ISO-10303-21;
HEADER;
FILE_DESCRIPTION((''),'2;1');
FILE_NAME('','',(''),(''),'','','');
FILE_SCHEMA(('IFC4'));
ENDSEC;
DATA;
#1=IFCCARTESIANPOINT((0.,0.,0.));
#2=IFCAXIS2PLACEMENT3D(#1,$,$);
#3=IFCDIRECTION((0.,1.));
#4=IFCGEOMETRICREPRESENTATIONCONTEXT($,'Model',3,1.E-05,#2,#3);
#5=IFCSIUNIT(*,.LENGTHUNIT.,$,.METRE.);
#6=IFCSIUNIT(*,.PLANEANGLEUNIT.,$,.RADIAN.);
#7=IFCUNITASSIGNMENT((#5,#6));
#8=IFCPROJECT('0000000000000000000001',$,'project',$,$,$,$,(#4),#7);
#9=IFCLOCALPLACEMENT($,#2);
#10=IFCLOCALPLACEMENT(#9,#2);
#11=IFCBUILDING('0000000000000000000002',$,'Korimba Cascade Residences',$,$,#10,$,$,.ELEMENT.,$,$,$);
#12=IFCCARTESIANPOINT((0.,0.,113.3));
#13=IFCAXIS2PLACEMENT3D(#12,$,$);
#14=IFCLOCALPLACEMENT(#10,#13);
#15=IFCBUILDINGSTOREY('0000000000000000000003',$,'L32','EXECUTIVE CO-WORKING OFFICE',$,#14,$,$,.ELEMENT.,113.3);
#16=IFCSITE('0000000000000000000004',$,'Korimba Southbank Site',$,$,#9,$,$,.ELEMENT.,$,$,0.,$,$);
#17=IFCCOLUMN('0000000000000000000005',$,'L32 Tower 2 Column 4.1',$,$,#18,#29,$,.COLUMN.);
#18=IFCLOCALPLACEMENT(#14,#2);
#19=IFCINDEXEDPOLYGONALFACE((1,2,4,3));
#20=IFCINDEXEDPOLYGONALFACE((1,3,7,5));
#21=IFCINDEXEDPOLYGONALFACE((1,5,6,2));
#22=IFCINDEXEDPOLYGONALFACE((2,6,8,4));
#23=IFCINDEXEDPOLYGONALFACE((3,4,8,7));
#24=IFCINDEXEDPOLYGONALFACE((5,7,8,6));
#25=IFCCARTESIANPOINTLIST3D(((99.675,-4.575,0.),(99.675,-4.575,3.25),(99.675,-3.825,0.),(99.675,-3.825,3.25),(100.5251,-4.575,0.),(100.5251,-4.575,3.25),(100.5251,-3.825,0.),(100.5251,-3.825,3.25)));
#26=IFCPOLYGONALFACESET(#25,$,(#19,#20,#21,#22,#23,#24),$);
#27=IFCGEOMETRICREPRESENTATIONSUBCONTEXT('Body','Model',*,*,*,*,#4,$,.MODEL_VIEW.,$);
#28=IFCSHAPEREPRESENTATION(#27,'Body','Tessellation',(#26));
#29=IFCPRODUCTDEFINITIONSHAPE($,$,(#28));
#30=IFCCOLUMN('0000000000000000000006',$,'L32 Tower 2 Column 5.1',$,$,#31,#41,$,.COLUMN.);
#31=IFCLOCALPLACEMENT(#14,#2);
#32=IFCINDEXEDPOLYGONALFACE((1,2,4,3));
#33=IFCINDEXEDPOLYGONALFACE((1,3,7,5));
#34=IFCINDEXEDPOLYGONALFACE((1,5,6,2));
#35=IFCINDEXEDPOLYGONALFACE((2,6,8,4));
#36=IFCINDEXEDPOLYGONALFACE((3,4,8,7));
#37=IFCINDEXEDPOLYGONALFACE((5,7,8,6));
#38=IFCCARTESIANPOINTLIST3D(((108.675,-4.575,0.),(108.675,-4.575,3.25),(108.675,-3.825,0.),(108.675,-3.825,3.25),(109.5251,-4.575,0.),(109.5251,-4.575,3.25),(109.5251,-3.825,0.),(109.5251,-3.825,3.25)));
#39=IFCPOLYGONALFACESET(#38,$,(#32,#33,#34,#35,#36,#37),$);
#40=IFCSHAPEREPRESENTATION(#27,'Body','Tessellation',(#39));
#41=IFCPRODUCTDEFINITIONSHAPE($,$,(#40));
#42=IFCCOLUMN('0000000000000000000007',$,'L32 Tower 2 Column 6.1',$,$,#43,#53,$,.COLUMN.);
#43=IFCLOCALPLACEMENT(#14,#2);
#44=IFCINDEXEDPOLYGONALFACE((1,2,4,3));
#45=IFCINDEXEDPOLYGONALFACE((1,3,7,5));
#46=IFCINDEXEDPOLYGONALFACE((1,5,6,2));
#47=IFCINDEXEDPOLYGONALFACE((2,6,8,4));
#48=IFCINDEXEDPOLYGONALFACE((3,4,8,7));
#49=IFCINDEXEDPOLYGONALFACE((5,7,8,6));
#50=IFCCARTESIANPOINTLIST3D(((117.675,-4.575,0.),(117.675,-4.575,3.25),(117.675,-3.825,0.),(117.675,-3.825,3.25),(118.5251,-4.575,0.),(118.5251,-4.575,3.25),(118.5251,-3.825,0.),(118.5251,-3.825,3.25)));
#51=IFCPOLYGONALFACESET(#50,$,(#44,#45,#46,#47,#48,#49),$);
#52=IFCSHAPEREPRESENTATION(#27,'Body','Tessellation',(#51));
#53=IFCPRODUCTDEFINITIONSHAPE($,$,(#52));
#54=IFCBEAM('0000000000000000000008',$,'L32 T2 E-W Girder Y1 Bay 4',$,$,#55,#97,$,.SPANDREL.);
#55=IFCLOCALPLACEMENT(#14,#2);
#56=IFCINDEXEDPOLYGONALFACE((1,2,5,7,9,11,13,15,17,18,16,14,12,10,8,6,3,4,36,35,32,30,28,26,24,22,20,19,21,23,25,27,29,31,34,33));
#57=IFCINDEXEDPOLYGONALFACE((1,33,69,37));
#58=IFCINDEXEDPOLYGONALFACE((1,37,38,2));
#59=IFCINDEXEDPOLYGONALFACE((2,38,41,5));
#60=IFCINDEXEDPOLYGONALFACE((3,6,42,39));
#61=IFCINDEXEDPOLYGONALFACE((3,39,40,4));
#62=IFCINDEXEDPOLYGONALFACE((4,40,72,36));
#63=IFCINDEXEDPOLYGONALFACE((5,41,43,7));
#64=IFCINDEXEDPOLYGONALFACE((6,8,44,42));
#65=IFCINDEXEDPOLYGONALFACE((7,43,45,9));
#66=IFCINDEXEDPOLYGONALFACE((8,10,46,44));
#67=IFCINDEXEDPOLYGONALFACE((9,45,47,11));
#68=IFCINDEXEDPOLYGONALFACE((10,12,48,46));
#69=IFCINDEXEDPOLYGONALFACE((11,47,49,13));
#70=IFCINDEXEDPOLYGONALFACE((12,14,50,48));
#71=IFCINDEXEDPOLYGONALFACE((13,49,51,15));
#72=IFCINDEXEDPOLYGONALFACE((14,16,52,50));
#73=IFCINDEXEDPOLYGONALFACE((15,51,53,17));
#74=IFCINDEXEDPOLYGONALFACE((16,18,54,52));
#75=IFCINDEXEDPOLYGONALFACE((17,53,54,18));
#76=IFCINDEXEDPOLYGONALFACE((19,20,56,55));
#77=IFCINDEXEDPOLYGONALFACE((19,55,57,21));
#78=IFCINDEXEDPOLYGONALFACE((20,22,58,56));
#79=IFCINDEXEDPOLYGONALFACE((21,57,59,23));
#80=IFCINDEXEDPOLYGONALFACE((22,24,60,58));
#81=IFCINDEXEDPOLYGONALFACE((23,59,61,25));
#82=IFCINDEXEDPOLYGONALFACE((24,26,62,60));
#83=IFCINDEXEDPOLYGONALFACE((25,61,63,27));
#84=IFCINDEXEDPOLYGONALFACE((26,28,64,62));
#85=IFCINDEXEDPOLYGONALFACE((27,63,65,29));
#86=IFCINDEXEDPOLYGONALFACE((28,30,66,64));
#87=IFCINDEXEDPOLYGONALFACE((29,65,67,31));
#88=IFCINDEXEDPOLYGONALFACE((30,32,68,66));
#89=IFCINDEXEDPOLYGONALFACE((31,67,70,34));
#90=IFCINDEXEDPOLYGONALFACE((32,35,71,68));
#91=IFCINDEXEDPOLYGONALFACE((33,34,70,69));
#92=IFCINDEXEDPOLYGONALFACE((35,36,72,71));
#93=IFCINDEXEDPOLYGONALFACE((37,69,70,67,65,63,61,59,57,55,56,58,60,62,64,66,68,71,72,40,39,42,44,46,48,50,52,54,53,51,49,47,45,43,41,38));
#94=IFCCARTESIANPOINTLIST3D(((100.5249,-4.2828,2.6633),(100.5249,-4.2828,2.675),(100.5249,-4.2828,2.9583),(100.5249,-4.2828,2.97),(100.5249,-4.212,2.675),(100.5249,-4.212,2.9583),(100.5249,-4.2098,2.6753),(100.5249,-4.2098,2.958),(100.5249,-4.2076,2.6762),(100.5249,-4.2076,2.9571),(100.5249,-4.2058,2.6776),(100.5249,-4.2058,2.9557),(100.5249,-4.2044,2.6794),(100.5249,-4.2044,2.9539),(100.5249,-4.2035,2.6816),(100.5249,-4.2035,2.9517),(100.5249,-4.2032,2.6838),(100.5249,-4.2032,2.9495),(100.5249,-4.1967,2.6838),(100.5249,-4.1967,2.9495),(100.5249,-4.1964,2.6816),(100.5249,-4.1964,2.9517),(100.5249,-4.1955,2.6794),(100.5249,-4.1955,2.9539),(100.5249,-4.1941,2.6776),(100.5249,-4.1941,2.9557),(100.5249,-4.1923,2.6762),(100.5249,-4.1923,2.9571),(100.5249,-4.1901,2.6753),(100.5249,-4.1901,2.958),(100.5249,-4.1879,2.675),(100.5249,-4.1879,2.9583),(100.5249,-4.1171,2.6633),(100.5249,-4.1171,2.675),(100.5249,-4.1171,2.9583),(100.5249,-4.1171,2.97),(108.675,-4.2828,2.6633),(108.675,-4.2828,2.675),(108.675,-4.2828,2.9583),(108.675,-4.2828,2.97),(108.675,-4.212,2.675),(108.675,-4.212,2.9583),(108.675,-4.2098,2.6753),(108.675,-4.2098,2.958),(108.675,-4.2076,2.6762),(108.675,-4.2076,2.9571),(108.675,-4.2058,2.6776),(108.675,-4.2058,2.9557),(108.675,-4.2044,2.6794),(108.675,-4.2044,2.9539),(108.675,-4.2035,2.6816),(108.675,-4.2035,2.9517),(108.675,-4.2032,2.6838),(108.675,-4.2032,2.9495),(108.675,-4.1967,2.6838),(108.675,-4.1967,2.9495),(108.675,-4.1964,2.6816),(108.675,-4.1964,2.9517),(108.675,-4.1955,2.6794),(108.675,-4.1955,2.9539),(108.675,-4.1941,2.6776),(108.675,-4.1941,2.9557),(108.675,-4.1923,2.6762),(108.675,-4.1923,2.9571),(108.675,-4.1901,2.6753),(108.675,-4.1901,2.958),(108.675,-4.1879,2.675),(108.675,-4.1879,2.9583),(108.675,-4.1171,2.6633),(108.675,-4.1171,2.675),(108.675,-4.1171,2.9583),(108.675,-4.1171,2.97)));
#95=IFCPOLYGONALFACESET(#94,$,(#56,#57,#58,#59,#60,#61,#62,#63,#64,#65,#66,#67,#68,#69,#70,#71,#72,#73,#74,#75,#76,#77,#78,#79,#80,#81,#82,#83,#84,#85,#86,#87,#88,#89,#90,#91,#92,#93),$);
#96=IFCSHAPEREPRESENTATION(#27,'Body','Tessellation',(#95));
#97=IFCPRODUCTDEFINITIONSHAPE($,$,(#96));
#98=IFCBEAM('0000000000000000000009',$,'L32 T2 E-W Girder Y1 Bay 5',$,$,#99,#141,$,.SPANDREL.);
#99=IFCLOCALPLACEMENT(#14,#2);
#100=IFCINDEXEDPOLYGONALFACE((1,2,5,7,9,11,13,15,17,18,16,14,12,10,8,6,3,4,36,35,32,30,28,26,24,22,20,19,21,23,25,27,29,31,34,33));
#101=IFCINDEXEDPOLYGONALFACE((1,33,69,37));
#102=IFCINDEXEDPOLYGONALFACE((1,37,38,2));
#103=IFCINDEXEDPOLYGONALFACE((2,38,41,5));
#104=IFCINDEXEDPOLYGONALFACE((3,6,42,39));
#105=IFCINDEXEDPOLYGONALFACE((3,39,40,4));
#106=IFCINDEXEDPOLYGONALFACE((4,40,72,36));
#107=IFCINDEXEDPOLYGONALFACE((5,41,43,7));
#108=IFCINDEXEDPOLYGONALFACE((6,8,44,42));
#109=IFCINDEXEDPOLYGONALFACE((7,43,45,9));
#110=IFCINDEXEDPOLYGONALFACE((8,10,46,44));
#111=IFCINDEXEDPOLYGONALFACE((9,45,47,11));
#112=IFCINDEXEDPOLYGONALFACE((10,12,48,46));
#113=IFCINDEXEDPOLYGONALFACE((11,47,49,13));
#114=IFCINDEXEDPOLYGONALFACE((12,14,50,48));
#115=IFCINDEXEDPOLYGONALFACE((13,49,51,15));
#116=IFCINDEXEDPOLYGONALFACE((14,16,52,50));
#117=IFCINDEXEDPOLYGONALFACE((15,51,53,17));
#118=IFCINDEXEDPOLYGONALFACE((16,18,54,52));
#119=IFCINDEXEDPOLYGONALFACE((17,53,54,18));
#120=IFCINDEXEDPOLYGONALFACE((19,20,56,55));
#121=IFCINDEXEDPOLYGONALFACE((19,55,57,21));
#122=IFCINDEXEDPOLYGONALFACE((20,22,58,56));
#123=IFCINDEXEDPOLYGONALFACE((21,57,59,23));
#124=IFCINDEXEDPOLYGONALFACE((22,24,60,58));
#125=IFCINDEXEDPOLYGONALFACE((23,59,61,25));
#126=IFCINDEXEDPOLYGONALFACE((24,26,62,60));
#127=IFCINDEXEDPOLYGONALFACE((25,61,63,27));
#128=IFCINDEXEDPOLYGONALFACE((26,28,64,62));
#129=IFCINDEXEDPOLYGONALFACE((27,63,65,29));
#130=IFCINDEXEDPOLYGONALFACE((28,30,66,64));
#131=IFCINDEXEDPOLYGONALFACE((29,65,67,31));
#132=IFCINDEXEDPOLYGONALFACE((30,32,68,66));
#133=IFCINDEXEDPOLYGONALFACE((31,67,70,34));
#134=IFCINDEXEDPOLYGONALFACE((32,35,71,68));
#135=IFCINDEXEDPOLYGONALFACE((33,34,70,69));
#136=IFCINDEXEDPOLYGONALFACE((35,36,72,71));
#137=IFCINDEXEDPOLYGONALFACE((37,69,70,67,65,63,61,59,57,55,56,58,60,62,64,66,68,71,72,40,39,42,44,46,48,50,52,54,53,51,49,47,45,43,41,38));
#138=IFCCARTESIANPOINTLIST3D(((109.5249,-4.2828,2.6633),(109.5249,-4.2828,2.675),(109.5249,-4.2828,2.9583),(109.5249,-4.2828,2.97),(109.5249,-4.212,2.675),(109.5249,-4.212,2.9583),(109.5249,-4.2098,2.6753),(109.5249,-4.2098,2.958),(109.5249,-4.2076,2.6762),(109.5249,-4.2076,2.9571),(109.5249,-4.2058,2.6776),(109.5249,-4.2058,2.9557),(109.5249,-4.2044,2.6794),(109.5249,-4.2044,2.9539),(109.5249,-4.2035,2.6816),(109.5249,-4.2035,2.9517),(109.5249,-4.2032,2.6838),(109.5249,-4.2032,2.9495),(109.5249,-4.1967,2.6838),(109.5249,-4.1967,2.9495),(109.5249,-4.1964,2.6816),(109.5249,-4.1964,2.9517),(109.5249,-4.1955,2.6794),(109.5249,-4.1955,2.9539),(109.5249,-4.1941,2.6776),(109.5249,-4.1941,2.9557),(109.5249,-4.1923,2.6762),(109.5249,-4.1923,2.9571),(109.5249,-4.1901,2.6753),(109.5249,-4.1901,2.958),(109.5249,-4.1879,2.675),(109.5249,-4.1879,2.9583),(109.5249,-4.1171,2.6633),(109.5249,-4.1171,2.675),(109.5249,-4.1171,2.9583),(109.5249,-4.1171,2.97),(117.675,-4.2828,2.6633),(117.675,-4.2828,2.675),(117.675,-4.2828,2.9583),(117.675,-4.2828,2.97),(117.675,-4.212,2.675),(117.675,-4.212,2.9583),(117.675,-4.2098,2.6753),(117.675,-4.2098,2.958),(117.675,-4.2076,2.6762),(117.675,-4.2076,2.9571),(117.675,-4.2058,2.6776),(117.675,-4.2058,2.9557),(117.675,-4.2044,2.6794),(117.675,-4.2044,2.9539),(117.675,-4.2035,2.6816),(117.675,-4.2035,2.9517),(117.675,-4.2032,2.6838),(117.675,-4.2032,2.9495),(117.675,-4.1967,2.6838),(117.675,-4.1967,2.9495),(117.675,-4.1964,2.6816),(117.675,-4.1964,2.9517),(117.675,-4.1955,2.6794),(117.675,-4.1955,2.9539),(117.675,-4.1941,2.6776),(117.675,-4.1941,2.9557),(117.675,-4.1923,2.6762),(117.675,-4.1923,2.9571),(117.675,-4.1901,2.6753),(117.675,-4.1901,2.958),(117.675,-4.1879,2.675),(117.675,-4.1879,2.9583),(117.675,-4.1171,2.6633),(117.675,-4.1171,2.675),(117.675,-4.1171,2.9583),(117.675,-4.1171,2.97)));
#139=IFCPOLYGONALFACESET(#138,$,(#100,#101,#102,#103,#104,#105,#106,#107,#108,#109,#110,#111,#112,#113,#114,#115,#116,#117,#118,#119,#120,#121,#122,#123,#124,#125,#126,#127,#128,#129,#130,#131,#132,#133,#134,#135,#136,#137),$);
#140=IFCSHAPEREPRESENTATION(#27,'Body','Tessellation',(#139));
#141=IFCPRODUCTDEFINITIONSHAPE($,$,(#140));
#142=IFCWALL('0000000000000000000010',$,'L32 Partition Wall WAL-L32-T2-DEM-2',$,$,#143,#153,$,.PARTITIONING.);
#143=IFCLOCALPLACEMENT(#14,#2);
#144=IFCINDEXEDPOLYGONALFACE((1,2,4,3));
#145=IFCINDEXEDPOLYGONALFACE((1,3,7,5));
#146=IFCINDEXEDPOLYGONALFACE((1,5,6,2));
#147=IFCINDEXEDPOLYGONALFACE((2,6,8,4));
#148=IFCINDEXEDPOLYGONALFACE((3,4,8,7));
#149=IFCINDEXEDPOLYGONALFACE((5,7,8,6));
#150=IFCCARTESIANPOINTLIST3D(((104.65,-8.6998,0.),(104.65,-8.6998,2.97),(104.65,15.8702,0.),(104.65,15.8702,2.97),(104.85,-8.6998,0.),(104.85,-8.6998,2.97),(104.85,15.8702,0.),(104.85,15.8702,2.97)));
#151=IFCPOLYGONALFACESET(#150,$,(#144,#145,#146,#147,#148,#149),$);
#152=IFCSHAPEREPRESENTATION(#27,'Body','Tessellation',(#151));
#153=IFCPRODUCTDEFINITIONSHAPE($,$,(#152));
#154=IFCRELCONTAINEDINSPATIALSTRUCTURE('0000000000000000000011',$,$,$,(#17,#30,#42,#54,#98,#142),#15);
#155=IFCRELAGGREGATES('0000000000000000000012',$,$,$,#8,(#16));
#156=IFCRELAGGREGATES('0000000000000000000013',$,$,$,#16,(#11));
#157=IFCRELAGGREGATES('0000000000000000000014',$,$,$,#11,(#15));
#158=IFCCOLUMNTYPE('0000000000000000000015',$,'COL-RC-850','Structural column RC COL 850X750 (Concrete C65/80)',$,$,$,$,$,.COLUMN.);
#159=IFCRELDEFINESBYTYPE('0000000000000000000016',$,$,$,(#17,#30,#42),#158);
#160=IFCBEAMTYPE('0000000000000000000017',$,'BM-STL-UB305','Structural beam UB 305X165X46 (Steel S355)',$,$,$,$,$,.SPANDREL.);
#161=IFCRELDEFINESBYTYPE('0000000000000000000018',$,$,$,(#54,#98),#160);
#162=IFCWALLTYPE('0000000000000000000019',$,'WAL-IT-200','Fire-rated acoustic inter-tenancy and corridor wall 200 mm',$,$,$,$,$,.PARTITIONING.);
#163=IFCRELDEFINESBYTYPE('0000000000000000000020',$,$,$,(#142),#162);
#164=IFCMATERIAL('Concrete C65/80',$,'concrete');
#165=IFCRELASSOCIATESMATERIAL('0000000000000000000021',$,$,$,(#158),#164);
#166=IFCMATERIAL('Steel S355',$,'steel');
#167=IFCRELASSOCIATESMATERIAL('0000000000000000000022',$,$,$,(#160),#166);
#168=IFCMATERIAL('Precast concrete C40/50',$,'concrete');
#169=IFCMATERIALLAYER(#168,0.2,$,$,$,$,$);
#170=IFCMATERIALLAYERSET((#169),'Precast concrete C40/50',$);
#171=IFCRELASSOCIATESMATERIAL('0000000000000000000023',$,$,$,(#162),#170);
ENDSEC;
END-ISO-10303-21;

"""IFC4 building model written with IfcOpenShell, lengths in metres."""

from ifc_helpers import new_model, si_unit, direction, frame, frame_2d, origin, origin_2d, place, context, subcontext, project, spatial, rectangle, i_section, extrude, material, layer, layer_set, material_profile, profile_set, type_object, element, save


model = new_model("IFC4")

# Units and contexts
model_context = context("Model", 3, precision=1e-05, world=origin(), true_north=direction((0.0, 1.0)))
body_context = subcontext(model_context, "Body", "Model", "MODEL_VIEW")
ifc_project = project(units=[si_unit("LENGTHUNIT", "METRE"), si_unit("PLANEANGLEUNIT", "RADIAN")], contexts=[model_context])

# Site, building, storey
site_placement = place(None, origin())
site = spatial("IfcSite", under=ifc_project, at=site_placement, Name="Korimba Southbank Site", CompositionType="ELEMENT", RefElevation=0.0)
building_placement = place(site_placement, origin())
building = spatial("IfcBuilding", under=site, at=building_placement, Name="Korimba Cascade Residences", CompositionType="ELEMENT")
storey_placement = place(building_placement, frame((0.0, 0.0, 113.3)))
storey = spatial("IfcBuildingStorey", under=building, at=storey_placement, Name="L32", Description="EXECUTIVE CO-WORKING OFFICE", CompositionType="ELEMENT", Elevation=113.3)

# Columns
ifc_material_1 = material(Name="Concrete C65/80", Category="concrete")
ifc_material_profile_1 = material_profile(ifc_material_1, rectangle(XDim=0.8501, YDim=0.75, at=origin_2d()), Name="Concrete C65/80")
ifc_profile_set_1 = profile_set([ifc_material_profile_1], Name="Concrete C65/80")
column_type = type_object("IfcColumnType", Name="COL-RC-850", Description="Structural column RC COL 850X750 (Concrete C65/80)", PredefinedType="COLUMN", material=ifc_profile_set_1)
for number, where, z_axis, x_axis, name in (
    (1, (100.1001, -4.2, 0.0), (0.0, 0.0, 1.0), (1.0, 0.0, 0.0), "L32 Tower 2 Column 4.1"),
    (2, (109.1001, -4.2, 0.0), (0.0, 0.0, 1.0), (1.0, 0.0, 0.0), "L32 Tower 2 Column 5.1"),
    (3, (118.1001, -4.2, 0.0), (0.0, 0.0, 1.0), (1.0, 0.0, 0.0), "L32 Tower 2 Column 6.1"),
):
    element("IfcColumn", number, at=place(storey_placement, frame(where, z_axis=z_axis, x_axis=x_axis)), inside=storey, type_object=column_type, Name=name, PredefinedType="COLUMN", context=body_context, shape_type="SweptSolid", body=[
        extrude(rectangle(XDim=0.8501, YDim=0.75, at=origin_2d()), origin(), (0.0, 0.0, 1.0), 3.25),
    ])

# Beams
ifc_material_2 = material(Name="Steel S355", Category="steel")
ifc_material_profile_2 = material_profile(ifc_material_2, i_section(OverallWidth=0.1658, OverallDepth=0.3066, WebThickness=0.0066, FlangeThickness=0.0117, FilletRadius=0.0088, at=origin_2d()), Name="Steel S355")
ifc_profile_set_2 = profile_set([ifc_material_profile_2], Name="Steel S355")
beam_type = type_object("IfcBeamType", Name="BM-STL-UB305", Description="Structural beam UB 305X165X46 (Steel S355)", PredefinedType="SPANDREL", material=ifc_profile_set_2)
for number, where, z_axis, x_axis, name in (
    (4, (100.5249, -4.2, 2.8167), (1.0, 0.0, 0.0), (0.0, 1.0, 0.0), "L32 T2 E-W Girder Y1 Bay 4"),
    (5, (109.5249, -4.2, 2.8167), (1.0, 0.0, 0.0), (0.0, 1.0, 0.0), "L32 T2 E-W Girder Y1 Bay 5"),
):
    element("IfcBeam", number, at=place(storey_placement, frame(where, z_axis=z_axis, x_axis=x_axis)), inside=storey, type_object=beam_type, Name=name, PredefinedType="SPANDREL", context=body_context, shape_type="SweptSolid", body=[
        extrude(i_section(OverallWidth=0.1658, OverallDepth=0.3066, WebThickness=0.0066, FlangeThickness=0.0117, FilletRadius=0.0088, at=origin_2d()), origin(), (0.0, 0.0, 1.0), 8.1501),
    ])

# Wall
ifc_material_3 = material(Name="Precast concrete C40/50", Category="concrete")
ifc_layer_1 = layer(ifc_material_3, 0.2)
ifc_layer_set_1 = layer_set([ifc_layer_1], Name="Precast concrete C40/50")
wall_type_1 = type_object("IfcWallType", Name="WAL-IT-200", Description="Fire-rated acoustic inter-tenancy and corridor wall 200 mm", PredefinedType="PARTITIONING", material=ifc_layer_set_1)
wall_1_placement = place(storey_placement, frame((104.75, -8.7, 0.0), z_axis=(0.0, 0.0, 1.0), x_axis=(0.0, 1.0, 0.0)))
element("IfcWall", 6, at=wall_1_placement, inside=storey, type_object=wall_type_1, Name="L32 Partition Wall WAL-L32-T2-DEM-2", PredefinedType="PARTITIONING", context=body_context, shape_type="SweptSolid", body=[
    extrude(rectangle(XDim=24.5701, YDim=0.2, at=frame_2d((12.2852, 0.0))), origin(), (0.0, 0.0, 1.0), 2.97),
])

save(model, "model.ifc")
